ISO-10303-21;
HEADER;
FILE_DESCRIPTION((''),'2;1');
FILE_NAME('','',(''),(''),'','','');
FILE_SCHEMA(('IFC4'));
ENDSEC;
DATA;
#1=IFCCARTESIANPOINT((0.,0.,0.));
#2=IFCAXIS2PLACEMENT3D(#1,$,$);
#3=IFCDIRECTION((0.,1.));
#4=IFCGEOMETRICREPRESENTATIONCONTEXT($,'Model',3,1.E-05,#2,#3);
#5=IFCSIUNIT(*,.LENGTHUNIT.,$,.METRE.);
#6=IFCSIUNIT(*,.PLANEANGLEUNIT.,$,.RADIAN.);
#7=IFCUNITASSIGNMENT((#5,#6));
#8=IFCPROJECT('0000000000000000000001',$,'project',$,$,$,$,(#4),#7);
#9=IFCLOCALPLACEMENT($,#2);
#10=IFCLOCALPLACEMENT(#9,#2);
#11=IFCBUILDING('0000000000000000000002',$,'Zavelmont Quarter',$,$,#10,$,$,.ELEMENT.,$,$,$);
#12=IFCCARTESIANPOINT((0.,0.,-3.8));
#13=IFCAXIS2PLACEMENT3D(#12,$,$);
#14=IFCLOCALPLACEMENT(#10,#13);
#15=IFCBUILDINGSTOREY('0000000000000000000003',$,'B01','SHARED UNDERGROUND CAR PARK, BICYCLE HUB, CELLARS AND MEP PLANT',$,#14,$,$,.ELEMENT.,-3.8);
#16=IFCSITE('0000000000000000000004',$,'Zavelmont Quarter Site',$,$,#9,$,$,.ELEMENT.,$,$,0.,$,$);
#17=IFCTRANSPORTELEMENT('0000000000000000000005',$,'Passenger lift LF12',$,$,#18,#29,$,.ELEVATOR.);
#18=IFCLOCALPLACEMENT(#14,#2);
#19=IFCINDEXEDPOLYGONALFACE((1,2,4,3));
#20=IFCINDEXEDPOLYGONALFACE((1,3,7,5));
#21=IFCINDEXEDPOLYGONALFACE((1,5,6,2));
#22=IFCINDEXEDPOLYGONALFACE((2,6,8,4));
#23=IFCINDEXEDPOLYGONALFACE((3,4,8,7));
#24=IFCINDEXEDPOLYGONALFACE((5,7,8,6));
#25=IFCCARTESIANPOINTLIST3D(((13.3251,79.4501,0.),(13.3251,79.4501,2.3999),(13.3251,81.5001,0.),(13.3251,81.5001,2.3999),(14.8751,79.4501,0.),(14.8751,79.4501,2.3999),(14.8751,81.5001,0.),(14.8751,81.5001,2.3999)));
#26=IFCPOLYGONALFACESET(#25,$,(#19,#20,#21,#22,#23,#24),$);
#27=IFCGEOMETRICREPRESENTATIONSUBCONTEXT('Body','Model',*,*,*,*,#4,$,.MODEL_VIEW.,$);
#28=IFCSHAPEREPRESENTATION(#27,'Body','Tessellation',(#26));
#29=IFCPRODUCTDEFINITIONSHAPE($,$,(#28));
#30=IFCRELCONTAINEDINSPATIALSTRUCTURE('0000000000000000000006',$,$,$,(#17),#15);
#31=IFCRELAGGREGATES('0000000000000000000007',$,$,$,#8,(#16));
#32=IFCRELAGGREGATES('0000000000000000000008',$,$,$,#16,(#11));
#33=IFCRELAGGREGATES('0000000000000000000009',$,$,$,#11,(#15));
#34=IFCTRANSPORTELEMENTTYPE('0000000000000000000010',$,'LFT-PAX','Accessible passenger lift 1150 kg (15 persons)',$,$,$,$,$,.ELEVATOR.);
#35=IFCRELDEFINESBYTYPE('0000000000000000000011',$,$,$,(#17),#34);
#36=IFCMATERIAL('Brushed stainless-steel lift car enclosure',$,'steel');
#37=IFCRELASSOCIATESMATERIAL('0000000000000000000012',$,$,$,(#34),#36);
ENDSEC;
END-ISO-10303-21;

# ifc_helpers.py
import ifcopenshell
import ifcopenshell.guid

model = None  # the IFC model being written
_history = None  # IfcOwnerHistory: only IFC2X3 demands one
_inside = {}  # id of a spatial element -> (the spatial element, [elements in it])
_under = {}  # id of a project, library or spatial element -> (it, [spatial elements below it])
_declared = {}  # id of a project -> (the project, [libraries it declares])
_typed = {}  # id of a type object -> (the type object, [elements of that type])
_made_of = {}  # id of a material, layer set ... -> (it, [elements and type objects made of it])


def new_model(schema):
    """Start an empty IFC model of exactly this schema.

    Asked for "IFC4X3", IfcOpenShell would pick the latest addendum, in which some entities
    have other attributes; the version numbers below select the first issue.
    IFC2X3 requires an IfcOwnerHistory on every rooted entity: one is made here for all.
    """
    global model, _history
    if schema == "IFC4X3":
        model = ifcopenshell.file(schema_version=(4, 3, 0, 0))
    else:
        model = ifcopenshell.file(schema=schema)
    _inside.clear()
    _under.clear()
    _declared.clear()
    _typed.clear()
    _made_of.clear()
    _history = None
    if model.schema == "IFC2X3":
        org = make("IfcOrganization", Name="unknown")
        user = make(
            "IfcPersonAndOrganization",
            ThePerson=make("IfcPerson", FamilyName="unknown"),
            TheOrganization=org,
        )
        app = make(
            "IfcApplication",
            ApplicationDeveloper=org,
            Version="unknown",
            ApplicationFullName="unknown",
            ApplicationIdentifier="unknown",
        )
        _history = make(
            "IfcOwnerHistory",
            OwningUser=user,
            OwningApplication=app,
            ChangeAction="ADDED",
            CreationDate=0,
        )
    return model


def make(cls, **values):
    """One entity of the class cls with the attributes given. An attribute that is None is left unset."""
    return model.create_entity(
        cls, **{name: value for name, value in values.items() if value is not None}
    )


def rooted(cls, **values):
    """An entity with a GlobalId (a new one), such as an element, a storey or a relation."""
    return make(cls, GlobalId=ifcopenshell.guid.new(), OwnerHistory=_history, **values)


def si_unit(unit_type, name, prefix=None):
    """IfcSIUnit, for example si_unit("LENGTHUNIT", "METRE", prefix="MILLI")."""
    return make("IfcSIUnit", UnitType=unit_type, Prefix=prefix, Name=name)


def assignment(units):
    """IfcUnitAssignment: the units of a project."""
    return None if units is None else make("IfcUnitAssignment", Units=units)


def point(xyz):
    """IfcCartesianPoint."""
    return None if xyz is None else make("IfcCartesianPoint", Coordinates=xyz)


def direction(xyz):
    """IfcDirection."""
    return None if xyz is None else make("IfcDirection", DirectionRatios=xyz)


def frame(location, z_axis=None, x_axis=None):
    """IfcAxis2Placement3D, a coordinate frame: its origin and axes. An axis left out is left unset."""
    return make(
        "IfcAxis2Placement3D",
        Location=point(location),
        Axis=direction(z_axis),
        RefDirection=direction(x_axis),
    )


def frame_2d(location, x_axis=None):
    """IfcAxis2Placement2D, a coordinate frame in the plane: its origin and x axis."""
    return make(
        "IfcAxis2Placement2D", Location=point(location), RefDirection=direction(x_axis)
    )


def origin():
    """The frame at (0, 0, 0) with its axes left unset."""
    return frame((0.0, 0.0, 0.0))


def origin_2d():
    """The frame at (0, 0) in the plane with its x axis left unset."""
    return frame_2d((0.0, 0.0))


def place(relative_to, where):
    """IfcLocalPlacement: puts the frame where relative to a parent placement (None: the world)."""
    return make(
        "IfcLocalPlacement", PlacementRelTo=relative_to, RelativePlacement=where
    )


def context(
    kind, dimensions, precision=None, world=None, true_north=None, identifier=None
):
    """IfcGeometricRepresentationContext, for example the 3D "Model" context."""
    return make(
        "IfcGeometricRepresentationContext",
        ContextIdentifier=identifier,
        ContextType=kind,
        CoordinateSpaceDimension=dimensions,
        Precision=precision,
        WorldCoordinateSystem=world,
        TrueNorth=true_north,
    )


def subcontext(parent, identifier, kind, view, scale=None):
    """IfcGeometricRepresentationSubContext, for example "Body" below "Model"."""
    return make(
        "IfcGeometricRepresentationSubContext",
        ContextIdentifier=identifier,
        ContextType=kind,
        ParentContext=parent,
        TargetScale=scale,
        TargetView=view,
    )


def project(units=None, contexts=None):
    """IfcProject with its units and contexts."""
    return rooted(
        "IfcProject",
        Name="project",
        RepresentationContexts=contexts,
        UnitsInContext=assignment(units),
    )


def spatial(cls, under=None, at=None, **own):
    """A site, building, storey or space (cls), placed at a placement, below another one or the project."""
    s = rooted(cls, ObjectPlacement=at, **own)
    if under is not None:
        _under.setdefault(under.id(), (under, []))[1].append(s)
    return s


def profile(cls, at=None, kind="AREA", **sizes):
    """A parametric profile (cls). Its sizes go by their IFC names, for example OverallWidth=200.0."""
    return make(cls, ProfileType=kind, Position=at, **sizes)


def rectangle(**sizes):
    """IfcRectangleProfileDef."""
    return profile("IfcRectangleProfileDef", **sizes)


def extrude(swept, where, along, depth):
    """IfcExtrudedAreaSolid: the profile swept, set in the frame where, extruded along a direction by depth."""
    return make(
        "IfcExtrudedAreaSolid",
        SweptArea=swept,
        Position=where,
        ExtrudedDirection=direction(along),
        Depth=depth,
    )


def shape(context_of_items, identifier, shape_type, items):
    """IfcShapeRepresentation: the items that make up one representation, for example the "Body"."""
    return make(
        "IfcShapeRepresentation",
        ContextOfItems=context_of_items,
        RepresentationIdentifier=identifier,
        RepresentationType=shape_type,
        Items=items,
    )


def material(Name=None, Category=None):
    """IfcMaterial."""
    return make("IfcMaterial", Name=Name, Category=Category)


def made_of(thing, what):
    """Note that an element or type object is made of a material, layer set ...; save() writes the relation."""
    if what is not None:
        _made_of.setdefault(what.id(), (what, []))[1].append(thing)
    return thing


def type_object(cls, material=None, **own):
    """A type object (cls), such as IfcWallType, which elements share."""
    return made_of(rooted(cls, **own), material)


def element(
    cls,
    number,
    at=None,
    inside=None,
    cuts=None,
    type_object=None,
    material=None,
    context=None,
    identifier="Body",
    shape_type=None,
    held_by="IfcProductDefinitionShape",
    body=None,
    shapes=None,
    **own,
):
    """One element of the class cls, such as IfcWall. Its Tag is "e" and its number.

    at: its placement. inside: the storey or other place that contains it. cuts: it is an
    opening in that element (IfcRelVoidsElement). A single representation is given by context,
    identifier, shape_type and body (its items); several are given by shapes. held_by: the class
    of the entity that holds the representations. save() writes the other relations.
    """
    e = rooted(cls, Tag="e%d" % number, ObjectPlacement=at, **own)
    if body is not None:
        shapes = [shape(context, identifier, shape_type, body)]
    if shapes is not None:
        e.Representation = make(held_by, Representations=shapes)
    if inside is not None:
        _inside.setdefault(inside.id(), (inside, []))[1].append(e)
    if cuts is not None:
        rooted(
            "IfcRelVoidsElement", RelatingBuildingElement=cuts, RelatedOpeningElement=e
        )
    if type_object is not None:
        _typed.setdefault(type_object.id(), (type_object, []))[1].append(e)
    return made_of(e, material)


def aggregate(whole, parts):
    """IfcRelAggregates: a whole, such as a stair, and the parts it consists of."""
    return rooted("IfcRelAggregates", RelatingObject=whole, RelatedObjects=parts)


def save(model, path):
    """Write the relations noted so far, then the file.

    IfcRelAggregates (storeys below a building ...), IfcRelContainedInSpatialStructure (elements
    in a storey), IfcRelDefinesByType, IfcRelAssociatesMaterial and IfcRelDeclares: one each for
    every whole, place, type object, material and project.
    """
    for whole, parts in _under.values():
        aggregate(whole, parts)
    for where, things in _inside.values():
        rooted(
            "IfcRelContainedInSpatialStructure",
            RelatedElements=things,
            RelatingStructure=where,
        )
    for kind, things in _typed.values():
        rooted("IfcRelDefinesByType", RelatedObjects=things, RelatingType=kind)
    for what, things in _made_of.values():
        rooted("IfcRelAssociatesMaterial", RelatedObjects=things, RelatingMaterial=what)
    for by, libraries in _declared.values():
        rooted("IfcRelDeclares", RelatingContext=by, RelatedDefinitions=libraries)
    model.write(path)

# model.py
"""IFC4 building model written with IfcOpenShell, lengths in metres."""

from ifc_helpers import new_model, si_unit, direction, frame, origin, origin_2d, place, context, subcontext, project, spatial, rectangle, extrude, material, type_object, element, save


model = new_model("IFC4")

# Units and contexts
model_context = context("Model", 3, precision=1e-05, world=origin(), true_north=direction((0.0, 1.0)))
body_context = subcontext(model_context, "Body", "Model", "MODEL_VIEW")
ifc_project = project(units=[si_unit("LENGTHUNIT", "METRE"), si_unit("PLANEANGLEUNIT", "RADIAN")], contexts=[model_context])

# Site, building, storey
site_placement = place(None, origin())
site = spatial("IfcSite", under=ifc_project, at=site_placement, Name="Zavelmont Quarter Site", CompositionType="ELEMENT", RefElevation=0.0)
building_placement = place(site_placement, origin())
building = spatial("IfcBuilding", under=site, at=building_placement, Name="Zavelmont Quarter", CompositionType="ELEMENT")
storey_placement = place(building_placement, frame((0.0, 0.0, -3.8)))
storey = spatial("IfcBuildingStorey", under=building, at=storey_placement, Name="B01", Description="SHARED UNDERGROUND CAR PARK, BICYCLE HUB, CELLARS AND MEP PLANT", CompositionType="ELEMENT", Elevation=-3.8)

# Transport element
ifc_material_1 = material(Name="Brushed stainless-steel lift car enclosure", Category="steel")
transport_element_type = type_object("IfcTransportElementType", Name="LFT-PAX", Description="Accessible passenger lift 1150 kg (15 persons)", PredefinedType="ELEVATOR", material=ifc_material_1)
transport_element_placement = place(storey_placement, frame((14.1001, 80.4751, 0.0), z_axis=(0.0, 0.0, 1.0), x_axis=(1.0, 0.0, 0.0)))
element("IfcTransportElement", 1, at=transport_element_placement, inside=storey, type_object=transport_element_type, Name="Passenger lift LF12", PredefinedType="ELEVATOR", context=body_context, shape_type="SweptSolid", body=[
    extrude(rectangle(XDim=1.55, YDim=2.05, at=origin_2d()), origin(), (0.0, 0.0, 1.0), 2.3999),
])

save(model, "model.ifc")
